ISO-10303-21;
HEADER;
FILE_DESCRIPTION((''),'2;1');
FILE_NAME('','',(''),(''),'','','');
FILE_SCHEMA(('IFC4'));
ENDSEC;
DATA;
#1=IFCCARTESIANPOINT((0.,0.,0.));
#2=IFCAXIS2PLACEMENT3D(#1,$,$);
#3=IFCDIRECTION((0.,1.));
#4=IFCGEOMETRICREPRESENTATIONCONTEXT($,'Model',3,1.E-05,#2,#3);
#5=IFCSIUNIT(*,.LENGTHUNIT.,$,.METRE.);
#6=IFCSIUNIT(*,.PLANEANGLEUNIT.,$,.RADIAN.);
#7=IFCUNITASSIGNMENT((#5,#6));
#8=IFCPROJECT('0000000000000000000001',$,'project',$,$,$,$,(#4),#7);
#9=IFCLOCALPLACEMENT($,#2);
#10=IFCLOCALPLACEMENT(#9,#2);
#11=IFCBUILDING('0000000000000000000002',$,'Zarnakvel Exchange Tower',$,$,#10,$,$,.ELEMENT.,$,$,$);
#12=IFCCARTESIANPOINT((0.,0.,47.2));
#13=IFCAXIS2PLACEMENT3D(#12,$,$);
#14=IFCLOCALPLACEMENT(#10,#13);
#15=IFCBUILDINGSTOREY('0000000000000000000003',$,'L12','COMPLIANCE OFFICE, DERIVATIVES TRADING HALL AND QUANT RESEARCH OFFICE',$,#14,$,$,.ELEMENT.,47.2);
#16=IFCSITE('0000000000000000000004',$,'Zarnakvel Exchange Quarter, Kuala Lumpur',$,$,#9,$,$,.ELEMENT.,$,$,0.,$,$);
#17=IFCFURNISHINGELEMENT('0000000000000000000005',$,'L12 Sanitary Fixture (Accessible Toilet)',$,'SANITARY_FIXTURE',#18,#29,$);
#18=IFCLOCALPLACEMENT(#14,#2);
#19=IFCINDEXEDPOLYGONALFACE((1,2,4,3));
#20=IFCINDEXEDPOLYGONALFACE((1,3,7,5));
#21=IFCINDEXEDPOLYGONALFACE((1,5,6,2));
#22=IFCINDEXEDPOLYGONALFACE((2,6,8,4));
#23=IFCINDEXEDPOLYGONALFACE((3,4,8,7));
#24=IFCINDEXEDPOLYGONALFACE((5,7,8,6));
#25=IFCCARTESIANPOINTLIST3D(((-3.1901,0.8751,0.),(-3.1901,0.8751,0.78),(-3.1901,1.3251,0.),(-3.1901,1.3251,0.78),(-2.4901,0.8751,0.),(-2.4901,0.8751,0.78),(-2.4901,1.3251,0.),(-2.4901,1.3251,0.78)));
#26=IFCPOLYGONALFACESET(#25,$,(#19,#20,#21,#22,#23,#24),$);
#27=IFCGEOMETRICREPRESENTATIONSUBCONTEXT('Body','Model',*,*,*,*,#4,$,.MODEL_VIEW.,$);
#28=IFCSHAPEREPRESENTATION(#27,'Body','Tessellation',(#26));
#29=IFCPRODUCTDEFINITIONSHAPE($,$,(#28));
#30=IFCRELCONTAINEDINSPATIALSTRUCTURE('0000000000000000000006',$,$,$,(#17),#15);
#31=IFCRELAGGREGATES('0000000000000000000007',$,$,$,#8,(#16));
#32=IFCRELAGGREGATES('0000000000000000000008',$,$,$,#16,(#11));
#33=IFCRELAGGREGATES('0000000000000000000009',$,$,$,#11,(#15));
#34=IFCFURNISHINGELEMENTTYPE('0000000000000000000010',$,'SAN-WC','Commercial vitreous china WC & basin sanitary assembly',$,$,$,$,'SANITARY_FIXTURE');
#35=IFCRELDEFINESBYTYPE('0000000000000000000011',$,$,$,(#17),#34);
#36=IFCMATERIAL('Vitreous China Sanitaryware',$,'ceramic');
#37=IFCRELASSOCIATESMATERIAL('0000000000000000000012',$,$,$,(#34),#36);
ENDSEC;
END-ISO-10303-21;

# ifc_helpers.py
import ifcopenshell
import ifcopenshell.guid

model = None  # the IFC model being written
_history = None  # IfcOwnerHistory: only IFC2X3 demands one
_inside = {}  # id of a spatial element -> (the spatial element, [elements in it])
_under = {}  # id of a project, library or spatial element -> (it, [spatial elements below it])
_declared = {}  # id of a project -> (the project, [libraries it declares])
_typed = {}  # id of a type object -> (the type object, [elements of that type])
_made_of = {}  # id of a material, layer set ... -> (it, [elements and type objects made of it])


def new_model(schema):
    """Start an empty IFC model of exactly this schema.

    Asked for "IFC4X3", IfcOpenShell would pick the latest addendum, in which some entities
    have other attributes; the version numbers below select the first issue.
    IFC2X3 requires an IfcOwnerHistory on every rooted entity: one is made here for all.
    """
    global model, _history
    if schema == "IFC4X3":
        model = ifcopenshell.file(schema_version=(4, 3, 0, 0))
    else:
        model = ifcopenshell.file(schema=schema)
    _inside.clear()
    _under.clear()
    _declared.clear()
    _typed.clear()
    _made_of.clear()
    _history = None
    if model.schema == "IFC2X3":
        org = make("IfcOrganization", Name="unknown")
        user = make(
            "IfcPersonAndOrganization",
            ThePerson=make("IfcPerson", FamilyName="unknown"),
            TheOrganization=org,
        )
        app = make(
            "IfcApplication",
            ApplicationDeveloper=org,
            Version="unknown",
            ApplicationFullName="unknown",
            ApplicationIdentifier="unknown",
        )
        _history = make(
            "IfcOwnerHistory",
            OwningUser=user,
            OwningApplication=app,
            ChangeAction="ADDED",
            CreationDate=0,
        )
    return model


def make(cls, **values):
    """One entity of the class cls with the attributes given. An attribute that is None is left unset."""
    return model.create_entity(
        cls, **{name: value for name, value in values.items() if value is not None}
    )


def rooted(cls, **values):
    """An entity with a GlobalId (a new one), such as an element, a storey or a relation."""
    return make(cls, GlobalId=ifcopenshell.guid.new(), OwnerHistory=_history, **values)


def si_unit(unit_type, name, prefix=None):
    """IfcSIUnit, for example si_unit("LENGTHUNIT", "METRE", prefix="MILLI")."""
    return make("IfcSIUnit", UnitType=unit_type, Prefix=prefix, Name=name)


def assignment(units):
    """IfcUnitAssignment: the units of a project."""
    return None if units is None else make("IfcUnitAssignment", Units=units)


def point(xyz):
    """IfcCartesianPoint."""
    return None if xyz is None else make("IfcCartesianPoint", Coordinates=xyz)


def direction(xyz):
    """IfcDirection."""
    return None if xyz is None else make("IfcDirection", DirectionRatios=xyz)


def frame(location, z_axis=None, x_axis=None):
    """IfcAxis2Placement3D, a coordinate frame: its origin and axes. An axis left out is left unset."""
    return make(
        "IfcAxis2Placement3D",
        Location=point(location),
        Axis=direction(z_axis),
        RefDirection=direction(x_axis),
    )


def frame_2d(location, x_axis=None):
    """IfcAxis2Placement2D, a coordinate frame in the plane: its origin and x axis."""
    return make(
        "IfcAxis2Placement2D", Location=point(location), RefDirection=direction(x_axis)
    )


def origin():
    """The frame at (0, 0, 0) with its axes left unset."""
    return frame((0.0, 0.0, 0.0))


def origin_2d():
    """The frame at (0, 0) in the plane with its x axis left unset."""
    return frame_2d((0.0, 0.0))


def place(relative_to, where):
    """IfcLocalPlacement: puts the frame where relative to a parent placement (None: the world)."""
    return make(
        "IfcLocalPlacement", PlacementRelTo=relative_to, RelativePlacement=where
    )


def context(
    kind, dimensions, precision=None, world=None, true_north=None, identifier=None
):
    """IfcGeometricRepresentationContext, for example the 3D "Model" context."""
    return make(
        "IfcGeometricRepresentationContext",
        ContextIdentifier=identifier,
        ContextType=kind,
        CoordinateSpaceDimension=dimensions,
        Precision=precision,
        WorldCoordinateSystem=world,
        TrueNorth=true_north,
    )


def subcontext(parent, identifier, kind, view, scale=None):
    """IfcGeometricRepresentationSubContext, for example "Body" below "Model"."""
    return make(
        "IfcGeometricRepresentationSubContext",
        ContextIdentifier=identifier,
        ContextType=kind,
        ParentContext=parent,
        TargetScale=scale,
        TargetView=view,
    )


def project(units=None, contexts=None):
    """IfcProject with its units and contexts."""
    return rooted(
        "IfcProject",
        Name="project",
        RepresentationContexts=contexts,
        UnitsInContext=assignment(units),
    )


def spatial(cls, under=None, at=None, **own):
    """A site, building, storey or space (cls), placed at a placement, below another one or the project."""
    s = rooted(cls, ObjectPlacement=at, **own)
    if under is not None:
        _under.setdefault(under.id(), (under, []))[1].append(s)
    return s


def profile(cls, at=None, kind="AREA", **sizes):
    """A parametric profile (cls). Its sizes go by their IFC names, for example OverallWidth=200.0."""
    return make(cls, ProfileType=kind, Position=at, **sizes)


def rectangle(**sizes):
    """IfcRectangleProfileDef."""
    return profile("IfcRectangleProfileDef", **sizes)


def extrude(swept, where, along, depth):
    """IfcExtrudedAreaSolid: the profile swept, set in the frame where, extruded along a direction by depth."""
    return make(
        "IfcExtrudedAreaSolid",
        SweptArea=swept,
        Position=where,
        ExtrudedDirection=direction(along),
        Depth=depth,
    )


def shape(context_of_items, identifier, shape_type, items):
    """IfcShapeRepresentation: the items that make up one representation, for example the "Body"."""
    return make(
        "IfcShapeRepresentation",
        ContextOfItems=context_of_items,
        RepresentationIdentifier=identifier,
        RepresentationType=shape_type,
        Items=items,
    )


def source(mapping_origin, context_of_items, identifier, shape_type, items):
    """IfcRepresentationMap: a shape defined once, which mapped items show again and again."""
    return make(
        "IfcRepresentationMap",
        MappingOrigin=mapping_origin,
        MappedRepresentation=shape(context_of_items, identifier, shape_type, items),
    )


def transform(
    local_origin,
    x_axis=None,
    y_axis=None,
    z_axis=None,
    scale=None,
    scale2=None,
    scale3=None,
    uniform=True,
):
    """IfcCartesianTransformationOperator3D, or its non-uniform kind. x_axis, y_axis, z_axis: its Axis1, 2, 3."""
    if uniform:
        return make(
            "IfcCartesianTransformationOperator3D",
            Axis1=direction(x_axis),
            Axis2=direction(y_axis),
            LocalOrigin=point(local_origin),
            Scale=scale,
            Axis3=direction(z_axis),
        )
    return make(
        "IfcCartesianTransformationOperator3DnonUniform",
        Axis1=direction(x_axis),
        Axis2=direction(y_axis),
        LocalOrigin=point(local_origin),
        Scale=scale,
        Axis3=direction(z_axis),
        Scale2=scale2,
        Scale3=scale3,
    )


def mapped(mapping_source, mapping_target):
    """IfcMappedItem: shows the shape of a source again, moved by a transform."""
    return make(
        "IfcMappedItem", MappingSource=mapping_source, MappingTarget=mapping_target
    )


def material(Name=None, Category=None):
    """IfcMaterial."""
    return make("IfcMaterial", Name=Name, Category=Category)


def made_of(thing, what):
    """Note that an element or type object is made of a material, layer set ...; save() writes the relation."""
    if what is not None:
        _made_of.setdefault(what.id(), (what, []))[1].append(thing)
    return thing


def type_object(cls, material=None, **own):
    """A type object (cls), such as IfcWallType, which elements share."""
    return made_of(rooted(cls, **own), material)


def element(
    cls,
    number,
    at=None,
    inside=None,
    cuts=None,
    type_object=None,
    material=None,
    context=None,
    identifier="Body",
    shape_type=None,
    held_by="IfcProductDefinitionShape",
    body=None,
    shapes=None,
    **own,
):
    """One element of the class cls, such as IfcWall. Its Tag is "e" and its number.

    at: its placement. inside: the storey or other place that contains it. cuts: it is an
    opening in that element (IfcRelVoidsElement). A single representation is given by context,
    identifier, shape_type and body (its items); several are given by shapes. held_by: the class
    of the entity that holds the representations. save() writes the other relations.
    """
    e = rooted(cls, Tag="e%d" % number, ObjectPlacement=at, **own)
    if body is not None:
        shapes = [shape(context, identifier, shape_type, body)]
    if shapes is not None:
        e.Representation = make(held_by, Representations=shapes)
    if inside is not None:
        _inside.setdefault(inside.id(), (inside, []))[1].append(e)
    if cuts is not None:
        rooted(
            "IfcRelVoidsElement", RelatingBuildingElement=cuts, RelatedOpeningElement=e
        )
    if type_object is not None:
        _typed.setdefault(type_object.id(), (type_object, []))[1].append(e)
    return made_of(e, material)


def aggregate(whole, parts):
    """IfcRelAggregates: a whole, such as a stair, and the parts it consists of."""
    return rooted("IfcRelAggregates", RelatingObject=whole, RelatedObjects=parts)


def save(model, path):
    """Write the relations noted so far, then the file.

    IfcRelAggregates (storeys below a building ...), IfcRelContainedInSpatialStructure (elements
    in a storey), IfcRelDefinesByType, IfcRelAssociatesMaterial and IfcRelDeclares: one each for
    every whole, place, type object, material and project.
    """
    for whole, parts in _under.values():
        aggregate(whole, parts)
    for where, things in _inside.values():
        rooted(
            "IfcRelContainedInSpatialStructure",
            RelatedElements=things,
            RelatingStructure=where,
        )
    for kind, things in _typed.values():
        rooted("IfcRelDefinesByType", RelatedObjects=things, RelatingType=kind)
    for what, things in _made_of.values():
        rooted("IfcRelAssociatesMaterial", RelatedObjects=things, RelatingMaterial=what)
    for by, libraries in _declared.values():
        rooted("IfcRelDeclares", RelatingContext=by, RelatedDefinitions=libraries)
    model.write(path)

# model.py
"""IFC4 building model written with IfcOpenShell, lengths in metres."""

from ifc_helpers import new_model, si_unit, direction, frame, origin, origin_2d, place, context, subcontext, project, spatial, rectangle, extrude, source, transform, mapped, material, type_object, element, save


model = new_model("IFC4")

# Units and contexts
model_context = context("Model", 3, precision=1e-05, world=origin(), true_north=direction((0.0, 1.0)))
body_context = subcontext(model_context, "Body", "Model", "MODEL_VIEW")
ifc_project = project(units=[si_unit("LENGTHUNIT", "METRE"), si_unit("PLANEANGLEUNIT", "RADIAN")], contexts=[model_context])

# Site, building, storey
site_placement = place(None, origin())
site = spatial("IfcSite", under=ifc_project, at=site_placement, Name="Zarnakvel Exchange Quarter, Kuala Lumpur", CompositionType="ELEMENT", RefElevation=0.0)
building_placement = place(site_placement, origin())
building = spatial("IfcBuilding", under=site, at=building_placement, Name="Zarnakvel Exchange Tower", CompositionType="ELEMENT")
storey_placement = place(building_placement, frame((0.0, 0.0, 47.2)))
storey = spatial("IfcBuildingStorey", under=building, at=storey_placement, Name="L12", Description="COMPLIANCE OFFICE, DERIVATIVES TRADING HALL AND QUANT RESEARCH OFFICE", CompositionType="ELEMENT", Elevation=47.2)

# Furnishing element
ifc_material_1 = material(Name="Vitreous China Sanitaryware", Category="ceramic")
furnishing_element_type = type_object("IfcFurnishingElementType", Name="SAN-WC", Description="Commercial vitreous china WC & basin sanitary assembly", ElementType="SANITARY_FIXTURE", material=ifc_material_1)
shared_shape_1 = source(origin(), body_context, "Body", "SweptSolid", [
    extrude(rectangle(XDim=0.7, YDim=0.45, at=origin_2d()), origin(), (0.0, 0.0, 1.0), 0.78),
])
for number, where, z_axis, x_axis, name in (
    (1, (-2.8401, 1.1001, 0.0), (0.0, 0.0, 1.0), (1.0, 0.0, 0.0), "L12 Sanitary Fixture (Accessible Toilet)"),
):
    element("IfcFurnishingElement", number, at=place(storey_placement, frame(where, z_axis=z_axis, x_axis=x_axis)), inside=storey, type_object=furnishing_element_type, Name=name, ObjectType="SANITARY_FIXTURE", context=body_context, shape_type="MappedRepresentation", body=[
        mapped(shared_shape_1, transform((0.0, 0.0, 0.0), x_axis=(1.0, 0.0, 0.0), y_axis=(0.0, 1.0, 0.0), z_axis=(0.0, 0.0, 1.0), scale=1.0)),
    ])

save(model, "model.ifc")
